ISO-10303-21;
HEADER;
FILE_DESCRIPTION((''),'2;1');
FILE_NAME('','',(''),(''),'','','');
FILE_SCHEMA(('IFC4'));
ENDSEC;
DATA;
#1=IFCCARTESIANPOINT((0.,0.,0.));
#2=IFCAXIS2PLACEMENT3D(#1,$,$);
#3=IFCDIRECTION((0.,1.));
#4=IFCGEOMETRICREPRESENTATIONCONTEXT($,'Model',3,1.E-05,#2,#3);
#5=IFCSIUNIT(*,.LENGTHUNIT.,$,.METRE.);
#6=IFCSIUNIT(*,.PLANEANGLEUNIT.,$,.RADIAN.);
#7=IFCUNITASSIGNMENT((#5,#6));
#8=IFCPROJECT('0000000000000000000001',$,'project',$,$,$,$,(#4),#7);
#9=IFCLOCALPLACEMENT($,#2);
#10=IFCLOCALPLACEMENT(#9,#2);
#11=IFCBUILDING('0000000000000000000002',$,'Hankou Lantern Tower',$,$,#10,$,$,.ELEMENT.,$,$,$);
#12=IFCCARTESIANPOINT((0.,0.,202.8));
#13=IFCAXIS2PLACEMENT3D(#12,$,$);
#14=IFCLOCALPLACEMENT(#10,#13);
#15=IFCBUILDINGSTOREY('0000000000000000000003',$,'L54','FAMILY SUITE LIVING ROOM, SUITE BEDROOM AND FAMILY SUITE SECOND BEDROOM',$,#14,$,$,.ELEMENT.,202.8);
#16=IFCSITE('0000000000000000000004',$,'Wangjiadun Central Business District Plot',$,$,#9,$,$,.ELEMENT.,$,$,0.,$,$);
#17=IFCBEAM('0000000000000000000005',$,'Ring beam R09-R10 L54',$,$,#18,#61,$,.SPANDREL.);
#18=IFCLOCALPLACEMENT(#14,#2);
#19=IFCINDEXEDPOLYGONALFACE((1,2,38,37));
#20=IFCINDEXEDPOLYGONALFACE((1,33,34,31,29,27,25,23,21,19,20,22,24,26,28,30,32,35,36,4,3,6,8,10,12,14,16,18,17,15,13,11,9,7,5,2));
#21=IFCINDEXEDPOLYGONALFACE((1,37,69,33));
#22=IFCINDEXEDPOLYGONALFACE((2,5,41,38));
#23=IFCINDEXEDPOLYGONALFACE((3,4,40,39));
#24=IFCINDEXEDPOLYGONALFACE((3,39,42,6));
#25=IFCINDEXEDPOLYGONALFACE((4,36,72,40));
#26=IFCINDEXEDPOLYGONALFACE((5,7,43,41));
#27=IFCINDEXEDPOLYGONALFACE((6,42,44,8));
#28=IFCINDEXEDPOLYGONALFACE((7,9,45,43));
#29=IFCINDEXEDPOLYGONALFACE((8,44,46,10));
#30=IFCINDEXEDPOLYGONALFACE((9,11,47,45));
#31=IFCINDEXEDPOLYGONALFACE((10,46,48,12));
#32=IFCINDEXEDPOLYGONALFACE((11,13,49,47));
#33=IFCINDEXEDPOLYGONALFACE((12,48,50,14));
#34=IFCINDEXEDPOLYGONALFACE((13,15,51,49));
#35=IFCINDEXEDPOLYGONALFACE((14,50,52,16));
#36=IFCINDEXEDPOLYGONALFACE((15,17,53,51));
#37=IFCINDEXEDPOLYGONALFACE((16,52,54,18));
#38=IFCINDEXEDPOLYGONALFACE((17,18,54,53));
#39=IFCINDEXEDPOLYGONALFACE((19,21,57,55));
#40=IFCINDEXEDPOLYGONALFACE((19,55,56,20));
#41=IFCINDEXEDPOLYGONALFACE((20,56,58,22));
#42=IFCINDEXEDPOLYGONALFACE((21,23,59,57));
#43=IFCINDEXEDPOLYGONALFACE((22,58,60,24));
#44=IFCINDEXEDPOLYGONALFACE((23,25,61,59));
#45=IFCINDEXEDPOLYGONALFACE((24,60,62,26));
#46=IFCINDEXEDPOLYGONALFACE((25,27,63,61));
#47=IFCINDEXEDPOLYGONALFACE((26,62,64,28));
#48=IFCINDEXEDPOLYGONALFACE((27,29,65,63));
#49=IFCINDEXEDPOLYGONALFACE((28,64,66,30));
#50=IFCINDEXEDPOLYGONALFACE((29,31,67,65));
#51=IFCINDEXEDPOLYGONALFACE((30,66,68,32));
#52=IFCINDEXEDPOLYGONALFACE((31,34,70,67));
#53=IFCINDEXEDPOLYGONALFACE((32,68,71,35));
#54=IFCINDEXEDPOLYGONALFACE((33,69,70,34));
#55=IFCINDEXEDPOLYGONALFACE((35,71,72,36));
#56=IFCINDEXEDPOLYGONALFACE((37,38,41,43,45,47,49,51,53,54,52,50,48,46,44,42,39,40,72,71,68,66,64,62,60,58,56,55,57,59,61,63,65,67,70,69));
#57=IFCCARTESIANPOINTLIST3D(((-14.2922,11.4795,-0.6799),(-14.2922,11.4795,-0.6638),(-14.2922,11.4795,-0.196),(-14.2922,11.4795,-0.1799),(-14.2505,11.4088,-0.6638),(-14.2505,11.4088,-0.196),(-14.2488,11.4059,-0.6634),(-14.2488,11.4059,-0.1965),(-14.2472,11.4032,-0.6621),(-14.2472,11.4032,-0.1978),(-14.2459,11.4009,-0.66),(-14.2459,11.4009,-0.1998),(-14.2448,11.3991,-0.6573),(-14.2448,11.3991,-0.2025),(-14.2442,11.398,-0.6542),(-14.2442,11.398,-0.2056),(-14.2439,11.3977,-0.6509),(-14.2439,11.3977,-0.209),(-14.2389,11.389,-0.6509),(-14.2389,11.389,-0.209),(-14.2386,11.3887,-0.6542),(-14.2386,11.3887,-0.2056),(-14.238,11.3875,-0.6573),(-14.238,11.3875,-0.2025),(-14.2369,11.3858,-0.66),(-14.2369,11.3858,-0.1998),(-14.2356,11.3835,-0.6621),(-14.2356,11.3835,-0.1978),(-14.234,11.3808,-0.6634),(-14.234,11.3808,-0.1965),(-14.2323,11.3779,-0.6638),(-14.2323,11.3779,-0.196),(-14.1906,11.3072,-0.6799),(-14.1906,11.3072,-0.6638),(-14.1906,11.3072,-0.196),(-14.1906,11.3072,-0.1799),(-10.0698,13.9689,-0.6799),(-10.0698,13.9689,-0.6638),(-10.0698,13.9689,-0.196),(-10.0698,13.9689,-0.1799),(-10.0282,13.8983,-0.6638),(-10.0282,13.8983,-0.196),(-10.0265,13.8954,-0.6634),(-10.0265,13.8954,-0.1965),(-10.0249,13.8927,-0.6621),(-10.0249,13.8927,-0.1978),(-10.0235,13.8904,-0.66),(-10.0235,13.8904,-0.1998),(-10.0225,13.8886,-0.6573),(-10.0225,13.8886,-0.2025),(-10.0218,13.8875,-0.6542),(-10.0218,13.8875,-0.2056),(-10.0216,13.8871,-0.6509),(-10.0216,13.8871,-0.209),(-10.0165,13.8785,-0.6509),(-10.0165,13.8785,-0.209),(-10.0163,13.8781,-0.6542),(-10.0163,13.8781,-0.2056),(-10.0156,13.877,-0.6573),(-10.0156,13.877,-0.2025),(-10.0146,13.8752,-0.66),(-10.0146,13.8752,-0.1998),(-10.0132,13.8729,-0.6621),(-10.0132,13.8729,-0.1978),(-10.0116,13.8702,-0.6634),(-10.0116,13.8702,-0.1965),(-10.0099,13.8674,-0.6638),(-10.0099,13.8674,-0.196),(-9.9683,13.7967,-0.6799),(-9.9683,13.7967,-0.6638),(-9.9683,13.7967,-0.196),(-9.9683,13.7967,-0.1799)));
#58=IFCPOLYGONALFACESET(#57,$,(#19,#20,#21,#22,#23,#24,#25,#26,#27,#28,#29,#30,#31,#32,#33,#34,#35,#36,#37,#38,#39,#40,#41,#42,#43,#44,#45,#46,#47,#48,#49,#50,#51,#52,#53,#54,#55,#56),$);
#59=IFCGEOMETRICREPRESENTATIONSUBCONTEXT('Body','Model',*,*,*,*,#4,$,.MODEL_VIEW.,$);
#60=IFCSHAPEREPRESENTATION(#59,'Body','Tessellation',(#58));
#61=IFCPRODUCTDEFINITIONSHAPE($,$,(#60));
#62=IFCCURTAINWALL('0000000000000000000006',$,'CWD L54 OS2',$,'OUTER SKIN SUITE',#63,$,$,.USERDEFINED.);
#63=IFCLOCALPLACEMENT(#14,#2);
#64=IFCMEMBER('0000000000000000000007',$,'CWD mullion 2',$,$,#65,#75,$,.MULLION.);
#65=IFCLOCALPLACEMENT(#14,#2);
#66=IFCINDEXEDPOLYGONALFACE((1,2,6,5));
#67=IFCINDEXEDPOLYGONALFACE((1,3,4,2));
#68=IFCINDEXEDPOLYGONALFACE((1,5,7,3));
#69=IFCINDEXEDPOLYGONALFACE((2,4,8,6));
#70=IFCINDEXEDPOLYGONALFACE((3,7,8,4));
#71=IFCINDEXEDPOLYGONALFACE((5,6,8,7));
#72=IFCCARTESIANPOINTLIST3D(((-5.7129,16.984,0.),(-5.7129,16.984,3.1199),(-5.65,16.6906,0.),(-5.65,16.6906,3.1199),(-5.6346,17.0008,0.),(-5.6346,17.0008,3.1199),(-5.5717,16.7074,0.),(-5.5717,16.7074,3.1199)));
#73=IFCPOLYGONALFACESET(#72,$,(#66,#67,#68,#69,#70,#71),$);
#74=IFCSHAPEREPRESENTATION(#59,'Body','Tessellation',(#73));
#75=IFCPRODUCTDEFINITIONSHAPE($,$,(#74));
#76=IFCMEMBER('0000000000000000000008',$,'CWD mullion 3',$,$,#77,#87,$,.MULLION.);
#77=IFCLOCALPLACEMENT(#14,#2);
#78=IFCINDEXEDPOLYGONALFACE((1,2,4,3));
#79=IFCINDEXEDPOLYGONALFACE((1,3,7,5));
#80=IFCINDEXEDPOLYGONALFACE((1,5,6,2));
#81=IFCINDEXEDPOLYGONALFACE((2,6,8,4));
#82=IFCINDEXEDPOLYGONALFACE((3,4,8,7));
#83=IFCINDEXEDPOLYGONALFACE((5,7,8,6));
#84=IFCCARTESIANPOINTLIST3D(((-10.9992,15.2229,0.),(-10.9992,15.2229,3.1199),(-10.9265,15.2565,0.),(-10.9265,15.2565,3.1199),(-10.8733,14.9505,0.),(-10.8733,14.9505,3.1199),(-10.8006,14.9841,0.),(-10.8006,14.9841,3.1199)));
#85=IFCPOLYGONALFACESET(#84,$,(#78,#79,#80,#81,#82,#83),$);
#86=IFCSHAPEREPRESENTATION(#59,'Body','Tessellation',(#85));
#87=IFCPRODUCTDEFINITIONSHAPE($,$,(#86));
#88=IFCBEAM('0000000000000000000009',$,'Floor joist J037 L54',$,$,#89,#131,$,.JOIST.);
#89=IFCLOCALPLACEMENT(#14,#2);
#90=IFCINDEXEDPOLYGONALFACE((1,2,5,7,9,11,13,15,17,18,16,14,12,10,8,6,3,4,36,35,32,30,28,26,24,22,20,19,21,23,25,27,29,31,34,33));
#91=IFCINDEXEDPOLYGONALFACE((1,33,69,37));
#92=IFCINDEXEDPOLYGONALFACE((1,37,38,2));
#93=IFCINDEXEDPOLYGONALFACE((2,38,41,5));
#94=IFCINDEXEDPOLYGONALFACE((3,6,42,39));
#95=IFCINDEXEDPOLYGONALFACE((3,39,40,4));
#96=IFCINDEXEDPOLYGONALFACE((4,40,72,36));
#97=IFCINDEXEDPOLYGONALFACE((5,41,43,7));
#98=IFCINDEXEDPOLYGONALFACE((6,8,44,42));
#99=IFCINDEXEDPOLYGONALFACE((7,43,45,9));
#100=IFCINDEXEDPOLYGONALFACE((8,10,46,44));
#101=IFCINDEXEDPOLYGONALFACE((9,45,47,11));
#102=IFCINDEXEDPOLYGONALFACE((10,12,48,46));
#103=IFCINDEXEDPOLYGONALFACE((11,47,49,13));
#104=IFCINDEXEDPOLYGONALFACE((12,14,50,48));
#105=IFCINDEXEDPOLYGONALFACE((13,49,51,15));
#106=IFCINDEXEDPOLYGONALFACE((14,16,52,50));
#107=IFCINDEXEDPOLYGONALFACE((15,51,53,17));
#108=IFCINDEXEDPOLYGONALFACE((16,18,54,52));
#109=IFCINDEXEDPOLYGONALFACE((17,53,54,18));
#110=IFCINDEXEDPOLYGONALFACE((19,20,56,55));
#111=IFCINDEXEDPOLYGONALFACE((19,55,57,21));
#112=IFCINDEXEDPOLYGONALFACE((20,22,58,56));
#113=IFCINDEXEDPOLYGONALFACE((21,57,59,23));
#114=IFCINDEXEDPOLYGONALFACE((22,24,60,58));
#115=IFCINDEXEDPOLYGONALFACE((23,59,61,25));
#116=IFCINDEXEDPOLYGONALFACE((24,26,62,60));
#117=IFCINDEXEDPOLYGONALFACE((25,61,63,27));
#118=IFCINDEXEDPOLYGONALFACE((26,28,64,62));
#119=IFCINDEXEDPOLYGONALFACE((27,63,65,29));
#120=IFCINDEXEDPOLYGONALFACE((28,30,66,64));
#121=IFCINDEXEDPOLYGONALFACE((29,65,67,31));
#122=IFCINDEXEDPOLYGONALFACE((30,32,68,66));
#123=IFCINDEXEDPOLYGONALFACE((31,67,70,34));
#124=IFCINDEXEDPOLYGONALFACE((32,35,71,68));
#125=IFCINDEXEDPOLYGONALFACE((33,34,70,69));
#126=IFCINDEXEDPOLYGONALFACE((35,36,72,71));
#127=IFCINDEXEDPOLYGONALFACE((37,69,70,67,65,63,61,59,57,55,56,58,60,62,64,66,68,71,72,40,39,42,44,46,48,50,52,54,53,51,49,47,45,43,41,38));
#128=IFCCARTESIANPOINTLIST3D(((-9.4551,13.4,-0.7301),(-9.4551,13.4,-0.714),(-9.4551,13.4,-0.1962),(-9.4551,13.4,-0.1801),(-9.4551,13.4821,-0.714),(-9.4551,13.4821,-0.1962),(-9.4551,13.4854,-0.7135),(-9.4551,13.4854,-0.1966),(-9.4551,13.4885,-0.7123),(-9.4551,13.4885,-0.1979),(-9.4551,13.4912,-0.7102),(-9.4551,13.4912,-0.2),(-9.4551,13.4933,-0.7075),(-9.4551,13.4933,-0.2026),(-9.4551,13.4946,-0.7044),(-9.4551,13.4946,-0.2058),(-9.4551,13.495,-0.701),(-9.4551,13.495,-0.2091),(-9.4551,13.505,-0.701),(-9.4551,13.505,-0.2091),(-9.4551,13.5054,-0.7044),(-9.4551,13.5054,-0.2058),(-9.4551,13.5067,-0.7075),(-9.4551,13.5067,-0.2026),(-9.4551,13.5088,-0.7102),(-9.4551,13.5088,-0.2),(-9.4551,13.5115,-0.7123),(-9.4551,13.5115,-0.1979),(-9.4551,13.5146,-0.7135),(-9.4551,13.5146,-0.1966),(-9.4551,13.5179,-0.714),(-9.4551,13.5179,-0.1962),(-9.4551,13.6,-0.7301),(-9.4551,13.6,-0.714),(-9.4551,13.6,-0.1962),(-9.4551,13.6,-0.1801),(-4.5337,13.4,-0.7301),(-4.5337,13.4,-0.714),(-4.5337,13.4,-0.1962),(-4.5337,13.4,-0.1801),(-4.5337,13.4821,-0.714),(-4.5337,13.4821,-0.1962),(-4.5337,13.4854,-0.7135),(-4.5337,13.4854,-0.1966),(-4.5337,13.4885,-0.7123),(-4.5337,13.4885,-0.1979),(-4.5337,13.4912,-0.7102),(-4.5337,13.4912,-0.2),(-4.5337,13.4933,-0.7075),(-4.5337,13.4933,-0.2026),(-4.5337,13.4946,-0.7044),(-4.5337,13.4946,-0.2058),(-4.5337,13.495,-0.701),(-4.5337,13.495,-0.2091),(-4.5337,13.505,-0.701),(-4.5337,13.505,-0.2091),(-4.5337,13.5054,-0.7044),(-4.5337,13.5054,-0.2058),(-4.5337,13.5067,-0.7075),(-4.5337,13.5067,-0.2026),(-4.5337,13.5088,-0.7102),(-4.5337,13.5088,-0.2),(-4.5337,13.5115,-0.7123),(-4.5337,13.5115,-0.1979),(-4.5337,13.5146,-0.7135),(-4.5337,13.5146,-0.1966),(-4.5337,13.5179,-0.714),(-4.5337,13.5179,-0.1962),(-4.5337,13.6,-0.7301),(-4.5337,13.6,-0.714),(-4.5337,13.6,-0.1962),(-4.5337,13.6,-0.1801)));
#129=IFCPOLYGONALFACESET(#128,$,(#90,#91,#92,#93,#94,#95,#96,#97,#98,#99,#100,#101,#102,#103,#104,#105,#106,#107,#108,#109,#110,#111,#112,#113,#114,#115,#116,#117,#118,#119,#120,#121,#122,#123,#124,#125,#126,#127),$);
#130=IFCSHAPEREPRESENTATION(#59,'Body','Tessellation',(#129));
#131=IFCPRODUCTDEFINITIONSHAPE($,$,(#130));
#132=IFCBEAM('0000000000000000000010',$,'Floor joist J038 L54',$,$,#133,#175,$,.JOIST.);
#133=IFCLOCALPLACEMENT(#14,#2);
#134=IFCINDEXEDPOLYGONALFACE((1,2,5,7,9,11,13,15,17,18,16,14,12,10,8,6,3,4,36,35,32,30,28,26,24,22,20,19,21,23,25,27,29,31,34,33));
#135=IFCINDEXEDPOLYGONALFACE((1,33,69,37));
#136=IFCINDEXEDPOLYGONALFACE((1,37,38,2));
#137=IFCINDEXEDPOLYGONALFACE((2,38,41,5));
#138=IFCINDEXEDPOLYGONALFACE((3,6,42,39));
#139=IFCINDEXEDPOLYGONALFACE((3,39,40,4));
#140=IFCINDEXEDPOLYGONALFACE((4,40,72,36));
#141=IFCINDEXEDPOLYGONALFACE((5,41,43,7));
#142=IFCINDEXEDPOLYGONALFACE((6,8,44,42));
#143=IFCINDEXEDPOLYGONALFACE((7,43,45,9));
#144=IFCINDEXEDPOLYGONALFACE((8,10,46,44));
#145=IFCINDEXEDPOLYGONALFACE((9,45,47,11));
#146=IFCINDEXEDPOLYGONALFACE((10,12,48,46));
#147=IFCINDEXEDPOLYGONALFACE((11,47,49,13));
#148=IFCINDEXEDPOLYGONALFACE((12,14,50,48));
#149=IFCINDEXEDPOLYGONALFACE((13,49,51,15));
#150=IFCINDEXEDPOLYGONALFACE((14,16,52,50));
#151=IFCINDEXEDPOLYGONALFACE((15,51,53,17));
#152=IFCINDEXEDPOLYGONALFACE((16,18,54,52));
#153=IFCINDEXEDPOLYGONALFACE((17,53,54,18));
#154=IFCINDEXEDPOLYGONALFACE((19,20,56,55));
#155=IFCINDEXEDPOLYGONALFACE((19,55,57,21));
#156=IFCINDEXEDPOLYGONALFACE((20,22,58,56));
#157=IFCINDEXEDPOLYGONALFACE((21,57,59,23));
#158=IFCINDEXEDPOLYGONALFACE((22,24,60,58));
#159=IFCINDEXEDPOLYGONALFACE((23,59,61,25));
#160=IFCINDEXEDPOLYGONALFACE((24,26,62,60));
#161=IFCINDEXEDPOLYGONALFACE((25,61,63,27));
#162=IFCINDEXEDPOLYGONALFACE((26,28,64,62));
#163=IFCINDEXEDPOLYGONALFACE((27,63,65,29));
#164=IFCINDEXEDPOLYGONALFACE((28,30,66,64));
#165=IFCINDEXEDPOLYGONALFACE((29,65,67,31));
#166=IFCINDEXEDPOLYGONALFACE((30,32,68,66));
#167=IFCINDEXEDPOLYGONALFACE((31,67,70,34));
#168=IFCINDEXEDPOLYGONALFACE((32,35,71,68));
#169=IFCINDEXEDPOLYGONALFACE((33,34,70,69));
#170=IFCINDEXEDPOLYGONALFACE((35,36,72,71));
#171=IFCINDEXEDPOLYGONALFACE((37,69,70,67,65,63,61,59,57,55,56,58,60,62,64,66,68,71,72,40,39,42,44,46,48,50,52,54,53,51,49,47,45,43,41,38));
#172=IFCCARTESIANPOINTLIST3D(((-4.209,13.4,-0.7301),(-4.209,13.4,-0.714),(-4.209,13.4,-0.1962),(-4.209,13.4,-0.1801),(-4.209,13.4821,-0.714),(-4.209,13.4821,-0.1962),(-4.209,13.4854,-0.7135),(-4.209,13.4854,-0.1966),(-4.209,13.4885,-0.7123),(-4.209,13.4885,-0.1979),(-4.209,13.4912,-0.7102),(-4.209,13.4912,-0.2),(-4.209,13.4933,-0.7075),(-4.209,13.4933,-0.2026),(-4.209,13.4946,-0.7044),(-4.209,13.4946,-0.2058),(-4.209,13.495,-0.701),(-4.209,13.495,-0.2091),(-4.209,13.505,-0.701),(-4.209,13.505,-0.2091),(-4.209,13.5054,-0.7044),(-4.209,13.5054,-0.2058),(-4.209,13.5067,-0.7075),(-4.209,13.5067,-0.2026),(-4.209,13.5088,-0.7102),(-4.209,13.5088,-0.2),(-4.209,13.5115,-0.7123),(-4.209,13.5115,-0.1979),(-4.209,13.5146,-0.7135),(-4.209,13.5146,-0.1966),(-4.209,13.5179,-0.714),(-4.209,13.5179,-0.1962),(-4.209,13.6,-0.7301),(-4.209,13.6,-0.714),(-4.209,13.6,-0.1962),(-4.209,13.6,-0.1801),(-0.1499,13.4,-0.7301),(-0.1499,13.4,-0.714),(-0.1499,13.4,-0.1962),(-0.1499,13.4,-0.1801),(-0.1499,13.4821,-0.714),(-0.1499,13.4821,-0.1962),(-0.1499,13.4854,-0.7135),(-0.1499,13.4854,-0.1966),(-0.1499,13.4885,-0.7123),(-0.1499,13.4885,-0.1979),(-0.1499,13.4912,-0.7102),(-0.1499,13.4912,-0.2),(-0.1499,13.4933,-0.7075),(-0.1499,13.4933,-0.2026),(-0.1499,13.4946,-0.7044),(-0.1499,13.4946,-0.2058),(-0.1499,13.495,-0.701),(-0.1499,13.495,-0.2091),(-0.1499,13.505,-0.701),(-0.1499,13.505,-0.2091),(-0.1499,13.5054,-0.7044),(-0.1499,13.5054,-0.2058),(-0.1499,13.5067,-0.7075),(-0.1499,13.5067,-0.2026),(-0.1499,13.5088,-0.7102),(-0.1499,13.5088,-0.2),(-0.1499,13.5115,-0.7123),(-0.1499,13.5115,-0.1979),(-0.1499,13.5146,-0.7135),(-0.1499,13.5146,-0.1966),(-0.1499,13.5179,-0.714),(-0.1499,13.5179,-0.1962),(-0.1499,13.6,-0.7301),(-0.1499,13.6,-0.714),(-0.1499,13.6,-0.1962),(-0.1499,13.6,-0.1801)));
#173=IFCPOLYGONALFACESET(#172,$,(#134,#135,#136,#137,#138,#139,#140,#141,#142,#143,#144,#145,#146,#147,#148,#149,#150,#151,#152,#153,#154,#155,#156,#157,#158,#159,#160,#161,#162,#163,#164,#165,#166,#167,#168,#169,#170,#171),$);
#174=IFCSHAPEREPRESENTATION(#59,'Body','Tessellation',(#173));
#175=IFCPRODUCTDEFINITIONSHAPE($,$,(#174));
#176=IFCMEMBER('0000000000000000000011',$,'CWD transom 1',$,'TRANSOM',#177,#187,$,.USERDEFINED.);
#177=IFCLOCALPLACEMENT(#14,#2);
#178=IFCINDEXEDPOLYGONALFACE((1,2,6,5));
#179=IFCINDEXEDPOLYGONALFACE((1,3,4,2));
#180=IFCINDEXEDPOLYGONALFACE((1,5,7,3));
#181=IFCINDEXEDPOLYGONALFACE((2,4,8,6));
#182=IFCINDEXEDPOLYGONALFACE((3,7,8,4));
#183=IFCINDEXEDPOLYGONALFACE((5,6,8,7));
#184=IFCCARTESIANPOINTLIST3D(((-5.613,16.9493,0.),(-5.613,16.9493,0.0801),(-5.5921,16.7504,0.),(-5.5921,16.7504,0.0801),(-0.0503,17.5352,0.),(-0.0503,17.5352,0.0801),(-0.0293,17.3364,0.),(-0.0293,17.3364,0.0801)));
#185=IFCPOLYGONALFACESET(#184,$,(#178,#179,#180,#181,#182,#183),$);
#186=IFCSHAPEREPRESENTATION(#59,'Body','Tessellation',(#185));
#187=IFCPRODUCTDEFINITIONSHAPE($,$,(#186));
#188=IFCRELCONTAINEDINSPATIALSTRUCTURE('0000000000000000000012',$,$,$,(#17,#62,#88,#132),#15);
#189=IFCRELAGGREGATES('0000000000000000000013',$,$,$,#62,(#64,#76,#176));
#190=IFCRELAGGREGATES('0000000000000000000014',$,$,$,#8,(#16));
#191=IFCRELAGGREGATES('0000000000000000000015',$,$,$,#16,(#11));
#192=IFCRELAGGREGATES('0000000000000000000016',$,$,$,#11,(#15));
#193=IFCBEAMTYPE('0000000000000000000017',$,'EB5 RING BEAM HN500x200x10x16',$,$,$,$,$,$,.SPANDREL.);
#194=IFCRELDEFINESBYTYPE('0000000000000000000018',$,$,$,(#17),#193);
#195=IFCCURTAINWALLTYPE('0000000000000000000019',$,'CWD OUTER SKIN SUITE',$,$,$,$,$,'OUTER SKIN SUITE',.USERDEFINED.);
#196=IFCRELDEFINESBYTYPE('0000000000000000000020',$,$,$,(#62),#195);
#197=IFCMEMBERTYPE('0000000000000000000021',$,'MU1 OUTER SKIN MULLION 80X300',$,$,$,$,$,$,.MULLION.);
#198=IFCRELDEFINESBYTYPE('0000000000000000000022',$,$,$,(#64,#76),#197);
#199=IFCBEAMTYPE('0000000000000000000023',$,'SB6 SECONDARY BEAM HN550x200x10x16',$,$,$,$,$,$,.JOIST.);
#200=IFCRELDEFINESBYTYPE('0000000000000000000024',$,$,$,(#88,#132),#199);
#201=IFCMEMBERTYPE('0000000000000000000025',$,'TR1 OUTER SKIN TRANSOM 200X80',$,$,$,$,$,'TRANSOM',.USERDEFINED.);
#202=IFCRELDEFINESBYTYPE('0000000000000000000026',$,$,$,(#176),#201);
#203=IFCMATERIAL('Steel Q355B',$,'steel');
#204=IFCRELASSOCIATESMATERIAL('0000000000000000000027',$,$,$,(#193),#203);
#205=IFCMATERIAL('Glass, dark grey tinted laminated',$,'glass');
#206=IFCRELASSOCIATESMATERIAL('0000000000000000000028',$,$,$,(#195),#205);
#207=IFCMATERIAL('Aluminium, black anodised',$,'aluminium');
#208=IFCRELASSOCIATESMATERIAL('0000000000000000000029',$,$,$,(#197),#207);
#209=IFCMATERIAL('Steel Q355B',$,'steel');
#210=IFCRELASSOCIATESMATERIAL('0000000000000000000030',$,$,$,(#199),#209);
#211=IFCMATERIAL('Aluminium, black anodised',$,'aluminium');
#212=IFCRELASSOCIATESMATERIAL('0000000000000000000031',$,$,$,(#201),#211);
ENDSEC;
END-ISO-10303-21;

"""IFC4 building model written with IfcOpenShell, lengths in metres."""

from ifc_helpers import new_model, si_unit, direction, frame, origin, origin_2d, place, context, subcontext, project, spatial, rectangle, i_section, extrude, material, material_profile, profile_set, type_object, element, aggregate, save


model = new_model("IFC4")

# Units and contexts
model_context = context("Model", 3, precision=1e-05, world=origin(), true_north=direction((0.0, 1.0)))
body_context = subcontext(model_context, "Body", "Model", "MODEL_VIEW")
ifc_project = project(units=[si_unit("LENGTHUNIT", "METRE"), si_unit("PLANEANGLEUNIT", "RADIAN")], contexts=[model_context])

# Site, building, storey
site_placement = place(None, origin())
site = spatial("IfcSite", under=ifc_project, at=site_placement, Name="Wangjiadun Central Business District Plot", CompositionType="ELEMENT", RefElevation=0.0)
building_placement = place(site_placement, origin())
building = spatial("IfcBuilding", under=site, at=building_placement, Name="Hankou Lantern Tower", CompositionType="ELEMENT")
storey_placement = place(building_placement, frame((0.0, 0.0, 202.8)))
storey = spatial("IfcBuildingStorey", under=building, at=storey_placement, Name="L54", Description="FAMILY SUITE LIVING ROOM, SUITE BEDROOM AND FAMILY SUITE SECOND BEDROOM", CompositionType="ELEMENT", Elevation=202.8)

# Beam
ifc_material_1 = material(Name="Steel Q355B", Category="steel")
ifc_material_profile_1 = material_profile(ifc_material_1, i_section(OverallWidth=0.2, OverallDepth=0.5, WebThickness=0.01, FlangeThickness=0.0161, FilletRadius=0.0129, at=origin_2d()), Name="HN500x200x10x16")
ifc_profile_set_1 = profile_set([ifc_material_profile_1], Name="Steel Q355B")
beam_type_1 = type_object("IfcBeamType", Name="EB5 RING BEAM HN500x200x10x16", PredefinedType="SPANDREL", material=ifc_profile_set_1)
beam_1_placement = place(storey_placement, frame((-10.019, 13.8828, -0.4299), z_axis=(-0.861423, -0.507888, 0.0), x_axis=(0.507888, -0.861423, 0.0)))
element("IfcBeam", 1, at=beam_1_placement, inside=storey, type_object=beam_type_1, Name="Ring beam R09-R10 L54", PredefinedType="SPANDREL", context=body_context, shape_type="SweptSolid", body=[
    extrude(i_section(OverallWidth=0.2, OverallDepth=0.5, WebThickness=0.01, FlangeThickness=0.0161, FilletRadius=0.0129, at=origin_2d()), origin(), (0.0, 0.0, 1.0), 4.9016),
])

# Curtain wall, members
ifc_material_2 = material(Name="Glass, dark grey tinted laminated", Category="glass")
curtain_wall_type = type_object("IfcCurtainWallType", Name="CWD OUTER SKIN SUITE", ElementType="OUTER SKIN SUITE", PredefinedType="USERDEFINED", material=ifc_material_2)
curtain_wall_placement = place(storey_placement, origin())
curtain_wall = element("IfcCurtainWall", 2, at=curtain_wall_placement, inside=storey, type_object=curtain_wall_type, Name="CWD L54 OS2", ObjectType="OUTER SKIN SUITE", PredefinedType="USERDEFINED")
ifc_material_3 = material(Name="Aluminium, black anodised", Category="aluminium")
ifc_material_profile_2 = material_profile(ifc_material_3, rectangle(XDim=0.0801, YDim=0.3, at=origin_2d()), Name="MU1 80X300")
ifc_profile_set_2 = profile_set([ifc_material_profile_2], Name="Aluminium, black anodised")
member_type_1 = type_object("IfcMemberType", Name="MU1 OUTER SKIN MULLION 80X300", PredefinedType="MULLION", material=ifc_profile_set_2)
member_1_placement = place(storey_placement, frame((-5.6423, 16.8457, 0.0), z_axis=(0.0, 0.0, 1.0), x_axis=(-0.977788, -0.209598, 0.0)))
member_1 = element("IfcMember", 3, at=member_1_placement, type_object=member_type_1, Name="CWD mullion 2", PredefinedType="MULLION", context=body_context, shape_type="SweptSolid", body=[
    extrude(rectangle(XDim=0.0801, YDim=0.3, at=origin_2d()), origin(), (0.0, 0.0, 1.0), 3.1199),
])
member_2_placement = place(storey_placement, frame((-10.8999, 15.1035, 0.0), z_axis=(0.0, 0.0, 1.0), x_axis=(-0.907841, -0.419314, 0.0)))
member_2 = element("IfcMember", 4, at=member_2_placement, type_object=member_type_1, Name="CWD mullion 3", PredefinedType="MULLION", context=body_context, shape_type="SweptSolid", body=[
    extrude(rectangle(XDim=0.0801, YDim=0.3, at=origin_2d()), origin(), (0.0, 0.0, 1.0), 3.1199),
])

# Beams
ifc_material_4 = material(Name="Steel Q355B", Category="steel")
ifc_material_profile_3 = material_profile(ifc_material_4, i_section(OverallWidth=0.2, OverallDepth=0.55, WebThickness=0.01, FlangeThickness=0.0161, FilletRadius=0.0129, at=origin_2d()), Name="HN550x200x10x16")
ifc_profile_set_3 = profile_set([ifc_material_profile_3], Name="Steel Q355B")
beam_type_2 = type_object("IfcBeamType", Name="SB6 SECONDARY BEAM HN550x200x10x16", PredefinedType="JOIST", material=ifc_profile_set_3)
beam_2_placement = place(storey_placement, frame((-9.4551, 13.5, -0.4551), z_axis=(1.0, 0.0, 0.0), x_axis=(0.0, 1.0, 0.0)))
element("IfcBeam", 5, at=beam_2_placement, inside=storey, type_object=beam_type_2, Name="Floor joist J037 L54", PredefinedType="JOIST", context=body_context, shape_type="SweptSolid", body=[
    extrude(i_section(OverallWidth=0.2, OverallDepth=0.55, WebThickness=0.01, FlangeThickness=0.0161, FilletRadius=0.0129, at=origin_2d()), origin(), (0.0, 0.0, 1.0), 4.9214),
])
beam_3_placement = place(storey_placement, frame((-4.209, 13.5, -0.4551), z_axis=(1.0, 0.0, 0.0), x_axis=(0.0, 1.0, 0.0)))
element("IfcBeam", 6, at=beam_3_placement, inside=storey, type_object=beam_type_2, Name="Floor joist J038 L54", PredefinedType="JOIST", context=body_context, shape_type="SweptSolid", body=[
    extrude(i_section(OverallWidth=0.2, OverallDepth=0.55, WebThickness=0.01, FlangeThickness=0.0161, FilletRadius=0.0129, at=origin_2d()), origin(), (0.0, 0.0, 1.0), 4.0591),
])

# Member
ifc_material_5 = material(Name="Aluminium, black anodised", Category="aluminium")
ifc_material_profile_4 = material_profile(ifc_material_5, rectangle(XDim=0.2, YDim=0.0801, at=origin_2d()), Name="TR1 200X80")
ifc_profile_set_4 = profile_set([ifc_material_profile_4], Name="Aluminium, black anodised")
member_type_2 = type_object("IfcMemberType", Name="TR1 OUTER SKIN TRANSOM 200X80", ElementType="TRANSOM", PredefinedType="USERDEFINED", material=ifc_profile_set_4)
member_3_placement = place(storey_placement, frame((-0.0398, 17.4358, 0.04), z_axis=(-0.994498, -0.104753, 0.0), x_axis=(0.104753, -0.994498, 0.0)))
member_3 = element("IfcMember", 7, at=member_3_placement, type_object=member_type_2, Name="CWD transom 1", ObjectType="TRANSOM", PredefinedType="USERDEFINED", context=body_context, shape_type="SweptSolid", body=[
    extrude(rectangle(XDim=0.2, YDim=0.0801, at=origin_2d()), origin(), (0.0, 0.0, 1.0), 5.5935),
])

aggregate(curtain_wall, [member_1, member_2, member_3])

save(model, "model.ifc")
